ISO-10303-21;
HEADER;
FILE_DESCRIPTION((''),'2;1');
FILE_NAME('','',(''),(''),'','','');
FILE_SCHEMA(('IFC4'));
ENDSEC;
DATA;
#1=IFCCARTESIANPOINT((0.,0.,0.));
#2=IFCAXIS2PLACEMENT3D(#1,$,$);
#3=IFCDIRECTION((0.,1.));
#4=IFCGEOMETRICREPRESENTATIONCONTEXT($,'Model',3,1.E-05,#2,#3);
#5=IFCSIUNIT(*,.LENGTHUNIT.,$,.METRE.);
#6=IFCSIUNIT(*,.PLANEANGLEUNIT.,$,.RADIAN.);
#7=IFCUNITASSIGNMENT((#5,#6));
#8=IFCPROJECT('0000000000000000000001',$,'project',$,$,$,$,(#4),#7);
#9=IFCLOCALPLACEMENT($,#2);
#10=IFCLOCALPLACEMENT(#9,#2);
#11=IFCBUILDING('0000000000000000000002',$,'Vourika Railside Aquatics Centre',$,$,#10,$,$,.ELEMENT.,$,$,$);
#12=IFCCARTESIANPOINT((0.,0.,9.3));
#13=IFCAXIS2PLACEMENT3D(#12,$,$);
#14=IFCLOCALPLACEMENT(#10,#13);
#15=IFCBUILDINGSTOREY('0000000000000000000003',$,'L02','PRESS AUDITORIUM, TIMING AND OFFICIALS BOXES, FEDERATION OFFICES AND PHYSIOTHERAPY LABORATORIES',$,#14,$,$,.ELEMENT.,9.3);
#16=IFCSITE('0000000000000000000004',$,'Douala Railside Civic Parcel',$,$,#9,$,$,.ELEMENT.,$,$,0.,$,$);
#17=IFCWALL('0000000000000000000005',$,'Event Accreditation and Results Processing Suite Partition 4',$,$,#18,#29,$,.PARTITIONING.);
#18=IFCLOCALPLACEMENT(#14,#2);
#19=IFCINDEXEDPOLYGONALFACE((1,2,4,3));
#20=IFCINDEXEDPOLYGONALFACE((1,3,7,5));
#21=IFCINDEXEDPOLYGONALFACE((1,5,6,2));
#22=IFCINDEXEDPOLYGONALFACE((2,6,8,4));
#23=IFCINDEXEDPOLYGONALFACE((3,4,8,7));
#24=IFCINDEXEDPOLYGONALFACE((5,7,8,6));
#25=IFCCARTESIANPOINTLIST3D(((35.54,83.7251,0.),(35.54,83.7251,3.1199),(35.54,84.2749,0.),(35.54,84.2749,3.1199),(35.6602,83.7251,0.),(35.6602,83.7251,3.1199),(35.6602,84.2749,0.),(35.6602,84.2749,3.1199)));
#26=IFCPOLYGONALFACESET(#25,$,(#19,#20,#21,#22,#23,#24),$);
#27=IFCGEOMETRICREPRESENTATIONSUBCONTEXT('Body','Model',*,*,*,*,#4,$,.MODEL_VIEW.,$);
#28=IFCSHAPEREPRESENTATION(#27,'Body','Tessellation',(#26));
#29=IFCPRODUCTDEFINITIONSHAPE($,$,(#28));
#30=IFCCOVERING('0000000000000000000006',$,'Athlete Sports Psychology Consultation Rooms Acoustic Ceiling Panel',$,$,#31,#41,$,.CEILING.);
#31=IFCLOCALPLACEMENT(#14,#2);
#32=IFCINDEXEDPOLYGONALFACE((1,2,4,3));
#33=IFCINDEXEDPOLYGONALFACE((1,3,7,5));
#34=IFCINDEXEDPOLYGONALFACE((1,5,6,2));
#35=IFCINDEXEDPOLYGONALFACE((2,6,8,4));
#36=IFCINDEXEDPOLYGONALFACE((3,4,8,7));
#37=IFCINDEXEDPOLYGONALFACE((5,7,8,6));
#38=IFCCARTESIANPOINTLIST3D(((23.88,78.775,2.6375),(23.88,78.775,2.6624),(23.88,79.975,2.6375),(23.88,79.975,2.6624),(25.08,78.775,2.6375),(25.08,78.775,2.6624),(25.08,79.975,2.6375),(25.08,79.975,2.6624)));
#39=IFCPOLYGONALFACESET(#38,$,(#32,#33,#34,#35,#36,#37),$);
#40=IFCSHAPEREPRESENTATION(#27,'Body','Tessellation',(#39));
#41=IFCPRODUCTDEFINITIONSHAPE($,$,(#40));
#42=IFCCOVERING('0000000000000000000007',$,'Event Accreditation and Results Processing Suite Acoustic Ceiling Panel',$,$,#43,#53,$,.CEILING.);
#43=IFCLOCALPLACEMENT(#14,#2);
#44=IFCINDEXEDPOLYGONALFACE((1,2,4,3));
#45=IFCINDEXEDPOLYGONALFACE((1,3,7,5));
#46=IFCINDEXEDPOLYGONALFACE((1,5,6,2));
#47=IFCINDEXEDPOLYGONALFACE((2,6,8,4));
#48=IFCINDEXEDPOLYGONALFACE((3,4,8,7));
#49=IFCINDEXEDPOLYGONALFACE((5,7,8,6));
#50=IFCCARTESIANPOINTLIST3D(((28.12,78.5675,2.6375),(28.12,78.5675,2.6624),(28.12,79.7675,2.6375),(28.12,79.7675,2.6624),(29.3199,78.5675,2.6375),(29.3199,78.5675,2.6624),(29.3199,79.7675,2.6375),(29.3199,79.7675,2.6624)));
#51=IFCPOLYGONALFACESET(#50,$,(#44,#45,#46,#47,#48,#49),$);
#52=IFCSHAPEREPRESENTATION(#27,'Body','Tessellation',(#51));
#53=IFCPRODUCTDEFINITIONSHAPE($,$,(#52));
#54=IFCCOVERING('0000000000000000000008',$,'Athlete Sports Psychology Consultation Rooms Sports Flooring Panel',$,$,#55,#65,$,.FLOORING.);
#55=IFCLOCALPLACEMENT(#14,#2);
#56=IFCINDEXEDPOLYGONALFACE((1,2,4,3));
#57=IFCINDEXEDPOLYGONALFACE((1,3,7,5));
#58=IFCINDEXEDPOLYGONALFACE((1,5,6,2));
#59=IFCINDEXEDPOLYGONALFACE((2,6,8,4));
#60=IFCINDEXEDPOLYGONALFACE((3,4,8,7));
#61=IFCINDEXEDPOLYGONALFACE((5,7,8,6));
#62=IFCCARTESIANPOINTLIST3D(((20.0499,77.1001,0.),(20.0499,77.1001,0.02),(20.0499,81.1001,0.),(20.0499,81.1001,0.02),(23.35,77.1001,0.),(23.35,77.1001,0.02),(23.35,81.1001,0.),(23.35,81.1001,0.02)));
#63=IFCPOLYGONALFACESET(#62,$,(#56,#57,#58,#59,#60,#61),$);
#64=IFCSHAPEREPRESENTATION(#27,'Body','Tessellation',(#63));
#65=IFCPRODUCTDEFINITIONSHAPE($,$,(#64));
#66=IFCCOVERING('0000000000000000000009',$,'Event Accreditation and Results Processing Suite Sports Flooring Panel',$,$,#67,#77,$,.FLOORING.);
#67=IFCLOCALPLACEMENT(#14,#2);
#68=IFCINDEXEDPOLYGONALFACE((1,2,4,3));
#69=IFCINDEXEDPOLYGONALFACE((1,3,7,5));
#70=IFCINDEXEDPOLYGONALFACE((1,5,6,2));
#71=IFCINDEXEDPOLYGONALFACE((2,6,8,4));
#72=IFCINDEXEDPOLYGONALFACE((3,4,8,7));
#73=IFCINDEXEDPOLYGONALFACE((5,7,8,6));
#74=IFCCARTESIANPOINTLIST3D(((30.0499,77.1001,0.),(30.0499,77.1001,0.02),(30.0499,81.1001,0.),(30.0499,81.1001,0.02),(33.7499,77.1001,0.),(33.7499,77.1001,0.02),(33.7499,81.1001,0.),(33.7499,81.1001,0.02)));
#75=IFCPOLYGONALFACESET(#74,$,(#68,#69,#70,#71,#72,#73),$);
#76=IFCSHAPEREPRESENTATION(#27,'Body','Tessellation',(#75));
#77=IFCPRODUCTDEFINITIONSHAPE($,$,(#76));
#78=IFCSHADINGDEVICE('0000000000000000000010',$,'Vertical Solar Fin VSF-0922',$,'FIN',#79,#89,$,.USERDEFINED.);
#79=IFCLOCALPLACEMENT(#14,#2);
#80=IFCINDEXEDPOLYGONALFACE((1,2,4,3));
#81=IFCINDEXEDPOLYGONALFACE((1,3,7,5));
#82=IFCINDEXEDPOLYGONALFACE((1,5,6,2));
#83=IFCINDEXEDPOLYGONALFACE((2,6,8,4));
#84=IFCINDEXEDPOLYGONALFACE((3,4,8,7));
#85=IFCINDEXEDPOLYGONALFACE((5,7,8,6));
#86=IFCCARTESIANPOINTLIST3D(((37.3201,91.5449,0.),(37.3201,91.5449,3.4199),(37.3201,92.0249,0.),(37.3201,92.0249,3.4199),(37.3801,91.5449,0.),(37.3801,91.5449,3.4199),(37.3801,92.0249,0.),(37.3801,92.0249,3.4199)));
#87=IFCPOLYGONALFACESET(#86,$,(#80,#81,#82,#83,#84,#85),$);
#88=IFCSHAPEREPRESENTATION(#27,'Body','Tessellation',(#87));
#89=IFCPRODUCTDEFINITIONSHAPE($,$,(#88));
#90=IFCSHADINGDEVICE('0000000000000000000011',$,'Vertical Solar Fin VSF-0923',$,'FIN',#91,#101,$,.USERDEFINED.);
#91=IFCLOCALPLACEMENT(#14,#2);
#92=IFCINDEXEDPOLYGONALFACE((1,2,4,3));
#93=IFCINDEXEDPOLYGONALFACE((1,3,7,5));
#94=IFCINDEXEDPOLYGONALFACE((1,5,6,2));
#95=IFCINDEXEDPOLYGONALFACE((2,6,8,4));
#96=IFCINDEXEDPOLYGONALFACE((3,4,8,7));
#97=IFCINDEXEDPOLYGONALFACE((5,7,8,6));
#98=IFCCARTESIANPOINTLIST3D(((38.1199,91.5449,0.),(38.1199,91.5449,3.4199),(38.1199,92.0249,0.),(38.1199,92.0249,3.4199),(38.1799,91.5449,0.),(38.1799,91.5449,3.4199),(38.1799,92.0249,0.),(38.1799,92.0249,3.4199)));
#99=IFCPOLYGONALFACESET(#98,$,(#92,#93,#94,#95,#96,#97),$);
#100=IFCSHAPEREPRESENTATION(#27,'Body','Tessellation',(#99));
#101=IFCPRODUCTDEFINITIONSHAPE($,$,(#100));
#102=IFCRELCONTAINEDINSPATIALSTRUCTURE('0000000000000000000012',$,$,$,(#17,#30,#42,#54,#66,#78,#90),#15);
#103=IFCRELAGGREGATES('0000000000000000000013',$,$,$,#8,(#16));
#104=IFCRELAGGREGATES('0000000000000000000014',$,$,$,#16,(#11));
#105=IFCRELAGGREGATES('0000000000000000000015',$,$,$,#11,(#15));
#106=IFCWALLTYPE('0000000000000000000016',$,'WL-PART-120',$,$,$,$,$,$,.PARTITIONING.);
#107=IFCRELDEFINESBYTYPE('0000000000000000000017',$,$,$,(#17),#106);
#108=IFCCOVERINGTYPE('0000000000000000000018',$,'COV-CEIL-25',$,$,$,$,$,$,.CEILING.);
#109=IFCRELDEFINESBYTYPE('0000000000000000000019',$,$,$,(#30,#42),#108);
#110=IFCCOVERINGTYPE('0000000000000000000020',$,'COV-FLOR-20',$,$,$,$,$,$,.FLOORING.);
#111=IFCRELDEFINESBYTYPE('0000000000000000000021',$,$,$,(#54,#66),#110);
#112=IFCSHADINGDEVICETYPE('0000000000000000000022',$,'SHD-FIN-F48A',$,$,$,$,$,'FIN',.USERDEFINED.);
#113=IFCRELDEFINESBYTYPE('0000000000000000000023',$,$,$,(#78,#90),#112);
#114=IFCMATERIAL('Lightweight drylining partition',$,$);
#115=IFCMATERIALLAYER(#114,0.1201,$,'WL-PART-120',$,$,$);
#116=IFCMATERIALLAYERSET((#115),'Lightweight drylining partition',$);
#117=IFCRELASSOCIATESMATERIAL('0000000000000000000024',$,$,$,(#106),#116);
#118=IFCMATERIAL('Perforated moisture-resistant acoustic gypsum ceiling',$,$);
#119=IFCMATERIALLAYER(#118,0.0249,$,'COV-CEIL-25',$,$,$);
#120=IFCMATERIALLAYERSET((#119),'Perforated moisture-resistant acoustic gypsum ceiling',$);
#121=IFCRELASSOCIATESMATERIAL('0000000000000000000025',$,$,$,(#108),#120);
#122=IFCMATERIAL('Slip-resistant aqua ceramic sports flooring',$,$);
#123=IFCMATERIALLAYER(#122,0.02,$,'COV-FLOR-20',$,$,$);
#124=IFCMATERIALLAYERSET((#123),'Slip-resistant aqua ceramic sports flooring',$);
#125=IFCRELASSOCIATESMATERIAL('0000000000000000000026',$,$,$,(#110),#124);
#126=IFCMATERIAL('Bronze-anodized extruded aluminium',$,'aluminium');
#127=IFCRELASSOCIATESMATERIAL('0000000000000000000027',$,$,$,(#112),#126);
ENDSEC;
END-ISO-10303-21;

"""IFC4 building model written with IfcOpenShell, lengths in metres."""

from ifc_helpers import new_model, si_unit, direction, frame, frame_2d, origin, origin_2d, place, context, subcontext, project, spatial, rectangle, extrude, material, layer, layer_set, material_profile, profile_set, type_object, element, save


model = new_model("IFC4")

# Units and contexts
model_context = context("Model", 3, precision=1e-05, world=origin(), true_north=direction((0.0, 1.0)))
body_context = subcontext(model_context, "Body", "Model", "MODEL_VIEW")
ifc_project = project(units=[si_unit("LENGTHUNIT", "METRE"), si_unit("PLANEANGLEUNIT", "RADIAN")], contexts=[model_context])

# Site, building, storey
site_placement = place(None, origin())
site = spatial("IfcSite", under=ifc_project, at=site_placement, Name="Douala Railside Civic Parcel", CompositionType="ELEMENT", RefElevation=0.0)
building_placement = place(site_placement, origin())
building = spatial("IfcBuilding", under=site, at=building_placement, Name="Vourika Railside Aquatics Centre", CompositionType="ELEMENT")
storey_placement = place(building_placement, frame((0.0, 0.0, 9.3)))
storey = spatial("IfcBuildingStorey", under=building, at=storey_placement, Name="L02", Description="PRESS AUDITORIUM, TIMING AND OFFICIALS BOXES, FEDERATION OFFICES AND PHYSIOTHERAPY LABORATORIES", CompositionType="ELEMENT", Elevation=9.3)

# Wall
ifc_material_1 = material(Name="Lightweight drylining partition")
ifc_layer_1 = layer(ifc_material_1, 0.1201, Name="WL-PART-120")
ifc_layer_set_1 = layer_set([ifc_layer_1], Name="Lightweight drylining partition")
wall_type_1 = type_object("IfcWallType", Name="WL-PART-120", PredefinedType="PARTITIONING", material=ifc_layer_set_1)
wall_1_placement = place(storey_placement, frame((35.6001, 84.2749, 0.0), z_axis=(0.0, 0.0, 1.0), x_axis=(0.0, -1.0, 0.0)))
element("IfcWall", 1, at=wall_1_placement, inside=storey, type_object=wall_type_1, Name="Event Accreditation and Results Processing Suite Partition 4", PredefinedType="PARTITIONING", context=body_context, shape_type="SweptSolid", body=[
    extrude(rectangle(XDim=0.5498, YDim=0.1201, at=frame_2d((0.2749, 0.0))), origin(), (0.0, 0.0, 1.0), 3.1199),
])

# Coverings
ifc_material_2 = material(Name="Perforated moisture-resistant acoustic gypsum ceiling")
ifc_layer_2 = layer(ifc_material_2, 0.0249, Name="COV-CEIL-25")
ifc_layer_set_2 = layer_set([ifc_layer_2], Name="Perforated moisture-resistant acoustic gypsum ceiling")
covering_type_1 = type_object("IfcCoveringType", Name="COV-CEIL-25", PredefinedType="CEILING", material=ifc_layer_set_2)
for number, where, z_axis, x_axis, name in (
    (2, (24.48, 79.375, 2.6375), (0.0, 0.0, 1.0), (1.0, 0.0, 0.0), "Athlete Sports Psychology Consultation Rooms Acoustic Ceiling Panel"),
    (3, (28.72, 79.1675, 2.6375), (0.0, 0.0, 1.0), (1.0, 0.0, 0.0), "Event Accreditation and Results Processing Suite Acoustic Ceiling Panel"),
):
    element("IfcCovering", number, at=place(storey_placement, frame(where, z_axis=z_axis, x_axis=x_axis)), inside=storey, type_object=covering_type_1, Name=name, PredefinedType="CEILING", context=body_context, shape_type="SweptSolid", body=[
        extrude(rectangle(XDim=1.2, YDim=1.2, at=origin_2d()), origin(), (0.0, 0.0, 1.0), 0.0249),
    ])
ifc_material_3 = material(Name="Slip-resistant aqua ceramic sports flooring")
ifc_layer_3 = layer(ifc_material_3, 0.02, Name="COV-FLOR-20")
ifc_layer_set_3 = layer_set([ifc_layer_3], Name="Slip-resistant aqua ceramic sports flooring")
covering_type_2 = type_object("IfcCoveringType", Name="COV-FLOR-20", PredefinedType="FLOORING", material=ifc_layer_set_3)
covering_1_placement = place(storey_placement, frame((21.7, 79.1001, 0.0), z_axis=(0.0, 0.0, 1.0), x_axis=(1.0, 0.0, 0.0)))
element("IfcCovering", 4, at=covering_1_placement, inside=storey, type_object=covering_type_2, Name="Athlete Sports Psychology Consultation Rooms Sports Flooring Panel", PredefinedType="FLOORING", context=body_context, shape_type="SweptSolid", body=[
    extrude(rectangle(XDim=3.3, YDim=4.0, at=origin_2d()), origin(), (0.0, 0.0, 1.0), 0.02),
])
covering_2_placement = place(storey_placement, frame((31.8999, 79.1001, 0.0), z_axis=(0.0, 0.0, 1.0), x_axis=(1.0, 0.0, 0.0)))
element("IfcCovering", 5, at=covering_2_placement, inside=storey, type_object=covering_type_2, Name="Event Accreditation and Results Processing Suite Sports Flooring Panel", PredefinedType="FLOORING", context=body_context, shape_type="SweptSolid", body=[
    extrude(rectangle(XDim=3.7, YDim=4.0, at=origin_2d()), origin(), (0.0, 0.0, 1.0), 0.02),
])

# Shading devices
ifc_material_4 = material(Name="Bronze-anodized extruded aluminium", Category="aluminium")
ifc_material_profile_1 = material_profile(ifc_material_4, rectangle(XDim=0.0601, YDim=0.48, at=origin_2d()), Name="ALU-FIN 60x480")
ifc_profile_set_1 = profile_set([ifc_material_profile_1], Name="Bronze-anodized extruded aluminium")
shading_device_type = type_object("IfcShadingDeviceType", Name="SHD-FIN-F48A", ElementType="FIN", PredefinedType="USERDEFINED", material=ifc_profile_set_1)
for number, where, z_axis, x_axis, name in (
    (6, (37.3501, 91.7849, 0.0), (0.0, 0.0, 1.0), (-1.0, 0.0, 0.0), "Vertical Solar Fin VSF-0922"),
    (7, (38.1499, 91.7849, 0.0), (0.0, 0.0, 1.0), (-1.0, 0.0, 0.0), "Vertical Solar Fin VSF-0923"),
):
    element("IfcShadingDevice", number, at=place(storey_placement, frame(where, z_axis=z_axis, x_axis=x_axis)), inside=storey, type_object=shading_device_type, Name=name, ObjectType="FIN", PredefinedType="USERDEFINED", context=body_context, shape_type="SweptSolid", body=[
        extrude(rectangle(XDim=0.0601, YDim=0.48, at=origin_2d()), origin(), (0.0, 0.0, 1.0), 3.4199),
    ])

save(model, "model.ifc")
